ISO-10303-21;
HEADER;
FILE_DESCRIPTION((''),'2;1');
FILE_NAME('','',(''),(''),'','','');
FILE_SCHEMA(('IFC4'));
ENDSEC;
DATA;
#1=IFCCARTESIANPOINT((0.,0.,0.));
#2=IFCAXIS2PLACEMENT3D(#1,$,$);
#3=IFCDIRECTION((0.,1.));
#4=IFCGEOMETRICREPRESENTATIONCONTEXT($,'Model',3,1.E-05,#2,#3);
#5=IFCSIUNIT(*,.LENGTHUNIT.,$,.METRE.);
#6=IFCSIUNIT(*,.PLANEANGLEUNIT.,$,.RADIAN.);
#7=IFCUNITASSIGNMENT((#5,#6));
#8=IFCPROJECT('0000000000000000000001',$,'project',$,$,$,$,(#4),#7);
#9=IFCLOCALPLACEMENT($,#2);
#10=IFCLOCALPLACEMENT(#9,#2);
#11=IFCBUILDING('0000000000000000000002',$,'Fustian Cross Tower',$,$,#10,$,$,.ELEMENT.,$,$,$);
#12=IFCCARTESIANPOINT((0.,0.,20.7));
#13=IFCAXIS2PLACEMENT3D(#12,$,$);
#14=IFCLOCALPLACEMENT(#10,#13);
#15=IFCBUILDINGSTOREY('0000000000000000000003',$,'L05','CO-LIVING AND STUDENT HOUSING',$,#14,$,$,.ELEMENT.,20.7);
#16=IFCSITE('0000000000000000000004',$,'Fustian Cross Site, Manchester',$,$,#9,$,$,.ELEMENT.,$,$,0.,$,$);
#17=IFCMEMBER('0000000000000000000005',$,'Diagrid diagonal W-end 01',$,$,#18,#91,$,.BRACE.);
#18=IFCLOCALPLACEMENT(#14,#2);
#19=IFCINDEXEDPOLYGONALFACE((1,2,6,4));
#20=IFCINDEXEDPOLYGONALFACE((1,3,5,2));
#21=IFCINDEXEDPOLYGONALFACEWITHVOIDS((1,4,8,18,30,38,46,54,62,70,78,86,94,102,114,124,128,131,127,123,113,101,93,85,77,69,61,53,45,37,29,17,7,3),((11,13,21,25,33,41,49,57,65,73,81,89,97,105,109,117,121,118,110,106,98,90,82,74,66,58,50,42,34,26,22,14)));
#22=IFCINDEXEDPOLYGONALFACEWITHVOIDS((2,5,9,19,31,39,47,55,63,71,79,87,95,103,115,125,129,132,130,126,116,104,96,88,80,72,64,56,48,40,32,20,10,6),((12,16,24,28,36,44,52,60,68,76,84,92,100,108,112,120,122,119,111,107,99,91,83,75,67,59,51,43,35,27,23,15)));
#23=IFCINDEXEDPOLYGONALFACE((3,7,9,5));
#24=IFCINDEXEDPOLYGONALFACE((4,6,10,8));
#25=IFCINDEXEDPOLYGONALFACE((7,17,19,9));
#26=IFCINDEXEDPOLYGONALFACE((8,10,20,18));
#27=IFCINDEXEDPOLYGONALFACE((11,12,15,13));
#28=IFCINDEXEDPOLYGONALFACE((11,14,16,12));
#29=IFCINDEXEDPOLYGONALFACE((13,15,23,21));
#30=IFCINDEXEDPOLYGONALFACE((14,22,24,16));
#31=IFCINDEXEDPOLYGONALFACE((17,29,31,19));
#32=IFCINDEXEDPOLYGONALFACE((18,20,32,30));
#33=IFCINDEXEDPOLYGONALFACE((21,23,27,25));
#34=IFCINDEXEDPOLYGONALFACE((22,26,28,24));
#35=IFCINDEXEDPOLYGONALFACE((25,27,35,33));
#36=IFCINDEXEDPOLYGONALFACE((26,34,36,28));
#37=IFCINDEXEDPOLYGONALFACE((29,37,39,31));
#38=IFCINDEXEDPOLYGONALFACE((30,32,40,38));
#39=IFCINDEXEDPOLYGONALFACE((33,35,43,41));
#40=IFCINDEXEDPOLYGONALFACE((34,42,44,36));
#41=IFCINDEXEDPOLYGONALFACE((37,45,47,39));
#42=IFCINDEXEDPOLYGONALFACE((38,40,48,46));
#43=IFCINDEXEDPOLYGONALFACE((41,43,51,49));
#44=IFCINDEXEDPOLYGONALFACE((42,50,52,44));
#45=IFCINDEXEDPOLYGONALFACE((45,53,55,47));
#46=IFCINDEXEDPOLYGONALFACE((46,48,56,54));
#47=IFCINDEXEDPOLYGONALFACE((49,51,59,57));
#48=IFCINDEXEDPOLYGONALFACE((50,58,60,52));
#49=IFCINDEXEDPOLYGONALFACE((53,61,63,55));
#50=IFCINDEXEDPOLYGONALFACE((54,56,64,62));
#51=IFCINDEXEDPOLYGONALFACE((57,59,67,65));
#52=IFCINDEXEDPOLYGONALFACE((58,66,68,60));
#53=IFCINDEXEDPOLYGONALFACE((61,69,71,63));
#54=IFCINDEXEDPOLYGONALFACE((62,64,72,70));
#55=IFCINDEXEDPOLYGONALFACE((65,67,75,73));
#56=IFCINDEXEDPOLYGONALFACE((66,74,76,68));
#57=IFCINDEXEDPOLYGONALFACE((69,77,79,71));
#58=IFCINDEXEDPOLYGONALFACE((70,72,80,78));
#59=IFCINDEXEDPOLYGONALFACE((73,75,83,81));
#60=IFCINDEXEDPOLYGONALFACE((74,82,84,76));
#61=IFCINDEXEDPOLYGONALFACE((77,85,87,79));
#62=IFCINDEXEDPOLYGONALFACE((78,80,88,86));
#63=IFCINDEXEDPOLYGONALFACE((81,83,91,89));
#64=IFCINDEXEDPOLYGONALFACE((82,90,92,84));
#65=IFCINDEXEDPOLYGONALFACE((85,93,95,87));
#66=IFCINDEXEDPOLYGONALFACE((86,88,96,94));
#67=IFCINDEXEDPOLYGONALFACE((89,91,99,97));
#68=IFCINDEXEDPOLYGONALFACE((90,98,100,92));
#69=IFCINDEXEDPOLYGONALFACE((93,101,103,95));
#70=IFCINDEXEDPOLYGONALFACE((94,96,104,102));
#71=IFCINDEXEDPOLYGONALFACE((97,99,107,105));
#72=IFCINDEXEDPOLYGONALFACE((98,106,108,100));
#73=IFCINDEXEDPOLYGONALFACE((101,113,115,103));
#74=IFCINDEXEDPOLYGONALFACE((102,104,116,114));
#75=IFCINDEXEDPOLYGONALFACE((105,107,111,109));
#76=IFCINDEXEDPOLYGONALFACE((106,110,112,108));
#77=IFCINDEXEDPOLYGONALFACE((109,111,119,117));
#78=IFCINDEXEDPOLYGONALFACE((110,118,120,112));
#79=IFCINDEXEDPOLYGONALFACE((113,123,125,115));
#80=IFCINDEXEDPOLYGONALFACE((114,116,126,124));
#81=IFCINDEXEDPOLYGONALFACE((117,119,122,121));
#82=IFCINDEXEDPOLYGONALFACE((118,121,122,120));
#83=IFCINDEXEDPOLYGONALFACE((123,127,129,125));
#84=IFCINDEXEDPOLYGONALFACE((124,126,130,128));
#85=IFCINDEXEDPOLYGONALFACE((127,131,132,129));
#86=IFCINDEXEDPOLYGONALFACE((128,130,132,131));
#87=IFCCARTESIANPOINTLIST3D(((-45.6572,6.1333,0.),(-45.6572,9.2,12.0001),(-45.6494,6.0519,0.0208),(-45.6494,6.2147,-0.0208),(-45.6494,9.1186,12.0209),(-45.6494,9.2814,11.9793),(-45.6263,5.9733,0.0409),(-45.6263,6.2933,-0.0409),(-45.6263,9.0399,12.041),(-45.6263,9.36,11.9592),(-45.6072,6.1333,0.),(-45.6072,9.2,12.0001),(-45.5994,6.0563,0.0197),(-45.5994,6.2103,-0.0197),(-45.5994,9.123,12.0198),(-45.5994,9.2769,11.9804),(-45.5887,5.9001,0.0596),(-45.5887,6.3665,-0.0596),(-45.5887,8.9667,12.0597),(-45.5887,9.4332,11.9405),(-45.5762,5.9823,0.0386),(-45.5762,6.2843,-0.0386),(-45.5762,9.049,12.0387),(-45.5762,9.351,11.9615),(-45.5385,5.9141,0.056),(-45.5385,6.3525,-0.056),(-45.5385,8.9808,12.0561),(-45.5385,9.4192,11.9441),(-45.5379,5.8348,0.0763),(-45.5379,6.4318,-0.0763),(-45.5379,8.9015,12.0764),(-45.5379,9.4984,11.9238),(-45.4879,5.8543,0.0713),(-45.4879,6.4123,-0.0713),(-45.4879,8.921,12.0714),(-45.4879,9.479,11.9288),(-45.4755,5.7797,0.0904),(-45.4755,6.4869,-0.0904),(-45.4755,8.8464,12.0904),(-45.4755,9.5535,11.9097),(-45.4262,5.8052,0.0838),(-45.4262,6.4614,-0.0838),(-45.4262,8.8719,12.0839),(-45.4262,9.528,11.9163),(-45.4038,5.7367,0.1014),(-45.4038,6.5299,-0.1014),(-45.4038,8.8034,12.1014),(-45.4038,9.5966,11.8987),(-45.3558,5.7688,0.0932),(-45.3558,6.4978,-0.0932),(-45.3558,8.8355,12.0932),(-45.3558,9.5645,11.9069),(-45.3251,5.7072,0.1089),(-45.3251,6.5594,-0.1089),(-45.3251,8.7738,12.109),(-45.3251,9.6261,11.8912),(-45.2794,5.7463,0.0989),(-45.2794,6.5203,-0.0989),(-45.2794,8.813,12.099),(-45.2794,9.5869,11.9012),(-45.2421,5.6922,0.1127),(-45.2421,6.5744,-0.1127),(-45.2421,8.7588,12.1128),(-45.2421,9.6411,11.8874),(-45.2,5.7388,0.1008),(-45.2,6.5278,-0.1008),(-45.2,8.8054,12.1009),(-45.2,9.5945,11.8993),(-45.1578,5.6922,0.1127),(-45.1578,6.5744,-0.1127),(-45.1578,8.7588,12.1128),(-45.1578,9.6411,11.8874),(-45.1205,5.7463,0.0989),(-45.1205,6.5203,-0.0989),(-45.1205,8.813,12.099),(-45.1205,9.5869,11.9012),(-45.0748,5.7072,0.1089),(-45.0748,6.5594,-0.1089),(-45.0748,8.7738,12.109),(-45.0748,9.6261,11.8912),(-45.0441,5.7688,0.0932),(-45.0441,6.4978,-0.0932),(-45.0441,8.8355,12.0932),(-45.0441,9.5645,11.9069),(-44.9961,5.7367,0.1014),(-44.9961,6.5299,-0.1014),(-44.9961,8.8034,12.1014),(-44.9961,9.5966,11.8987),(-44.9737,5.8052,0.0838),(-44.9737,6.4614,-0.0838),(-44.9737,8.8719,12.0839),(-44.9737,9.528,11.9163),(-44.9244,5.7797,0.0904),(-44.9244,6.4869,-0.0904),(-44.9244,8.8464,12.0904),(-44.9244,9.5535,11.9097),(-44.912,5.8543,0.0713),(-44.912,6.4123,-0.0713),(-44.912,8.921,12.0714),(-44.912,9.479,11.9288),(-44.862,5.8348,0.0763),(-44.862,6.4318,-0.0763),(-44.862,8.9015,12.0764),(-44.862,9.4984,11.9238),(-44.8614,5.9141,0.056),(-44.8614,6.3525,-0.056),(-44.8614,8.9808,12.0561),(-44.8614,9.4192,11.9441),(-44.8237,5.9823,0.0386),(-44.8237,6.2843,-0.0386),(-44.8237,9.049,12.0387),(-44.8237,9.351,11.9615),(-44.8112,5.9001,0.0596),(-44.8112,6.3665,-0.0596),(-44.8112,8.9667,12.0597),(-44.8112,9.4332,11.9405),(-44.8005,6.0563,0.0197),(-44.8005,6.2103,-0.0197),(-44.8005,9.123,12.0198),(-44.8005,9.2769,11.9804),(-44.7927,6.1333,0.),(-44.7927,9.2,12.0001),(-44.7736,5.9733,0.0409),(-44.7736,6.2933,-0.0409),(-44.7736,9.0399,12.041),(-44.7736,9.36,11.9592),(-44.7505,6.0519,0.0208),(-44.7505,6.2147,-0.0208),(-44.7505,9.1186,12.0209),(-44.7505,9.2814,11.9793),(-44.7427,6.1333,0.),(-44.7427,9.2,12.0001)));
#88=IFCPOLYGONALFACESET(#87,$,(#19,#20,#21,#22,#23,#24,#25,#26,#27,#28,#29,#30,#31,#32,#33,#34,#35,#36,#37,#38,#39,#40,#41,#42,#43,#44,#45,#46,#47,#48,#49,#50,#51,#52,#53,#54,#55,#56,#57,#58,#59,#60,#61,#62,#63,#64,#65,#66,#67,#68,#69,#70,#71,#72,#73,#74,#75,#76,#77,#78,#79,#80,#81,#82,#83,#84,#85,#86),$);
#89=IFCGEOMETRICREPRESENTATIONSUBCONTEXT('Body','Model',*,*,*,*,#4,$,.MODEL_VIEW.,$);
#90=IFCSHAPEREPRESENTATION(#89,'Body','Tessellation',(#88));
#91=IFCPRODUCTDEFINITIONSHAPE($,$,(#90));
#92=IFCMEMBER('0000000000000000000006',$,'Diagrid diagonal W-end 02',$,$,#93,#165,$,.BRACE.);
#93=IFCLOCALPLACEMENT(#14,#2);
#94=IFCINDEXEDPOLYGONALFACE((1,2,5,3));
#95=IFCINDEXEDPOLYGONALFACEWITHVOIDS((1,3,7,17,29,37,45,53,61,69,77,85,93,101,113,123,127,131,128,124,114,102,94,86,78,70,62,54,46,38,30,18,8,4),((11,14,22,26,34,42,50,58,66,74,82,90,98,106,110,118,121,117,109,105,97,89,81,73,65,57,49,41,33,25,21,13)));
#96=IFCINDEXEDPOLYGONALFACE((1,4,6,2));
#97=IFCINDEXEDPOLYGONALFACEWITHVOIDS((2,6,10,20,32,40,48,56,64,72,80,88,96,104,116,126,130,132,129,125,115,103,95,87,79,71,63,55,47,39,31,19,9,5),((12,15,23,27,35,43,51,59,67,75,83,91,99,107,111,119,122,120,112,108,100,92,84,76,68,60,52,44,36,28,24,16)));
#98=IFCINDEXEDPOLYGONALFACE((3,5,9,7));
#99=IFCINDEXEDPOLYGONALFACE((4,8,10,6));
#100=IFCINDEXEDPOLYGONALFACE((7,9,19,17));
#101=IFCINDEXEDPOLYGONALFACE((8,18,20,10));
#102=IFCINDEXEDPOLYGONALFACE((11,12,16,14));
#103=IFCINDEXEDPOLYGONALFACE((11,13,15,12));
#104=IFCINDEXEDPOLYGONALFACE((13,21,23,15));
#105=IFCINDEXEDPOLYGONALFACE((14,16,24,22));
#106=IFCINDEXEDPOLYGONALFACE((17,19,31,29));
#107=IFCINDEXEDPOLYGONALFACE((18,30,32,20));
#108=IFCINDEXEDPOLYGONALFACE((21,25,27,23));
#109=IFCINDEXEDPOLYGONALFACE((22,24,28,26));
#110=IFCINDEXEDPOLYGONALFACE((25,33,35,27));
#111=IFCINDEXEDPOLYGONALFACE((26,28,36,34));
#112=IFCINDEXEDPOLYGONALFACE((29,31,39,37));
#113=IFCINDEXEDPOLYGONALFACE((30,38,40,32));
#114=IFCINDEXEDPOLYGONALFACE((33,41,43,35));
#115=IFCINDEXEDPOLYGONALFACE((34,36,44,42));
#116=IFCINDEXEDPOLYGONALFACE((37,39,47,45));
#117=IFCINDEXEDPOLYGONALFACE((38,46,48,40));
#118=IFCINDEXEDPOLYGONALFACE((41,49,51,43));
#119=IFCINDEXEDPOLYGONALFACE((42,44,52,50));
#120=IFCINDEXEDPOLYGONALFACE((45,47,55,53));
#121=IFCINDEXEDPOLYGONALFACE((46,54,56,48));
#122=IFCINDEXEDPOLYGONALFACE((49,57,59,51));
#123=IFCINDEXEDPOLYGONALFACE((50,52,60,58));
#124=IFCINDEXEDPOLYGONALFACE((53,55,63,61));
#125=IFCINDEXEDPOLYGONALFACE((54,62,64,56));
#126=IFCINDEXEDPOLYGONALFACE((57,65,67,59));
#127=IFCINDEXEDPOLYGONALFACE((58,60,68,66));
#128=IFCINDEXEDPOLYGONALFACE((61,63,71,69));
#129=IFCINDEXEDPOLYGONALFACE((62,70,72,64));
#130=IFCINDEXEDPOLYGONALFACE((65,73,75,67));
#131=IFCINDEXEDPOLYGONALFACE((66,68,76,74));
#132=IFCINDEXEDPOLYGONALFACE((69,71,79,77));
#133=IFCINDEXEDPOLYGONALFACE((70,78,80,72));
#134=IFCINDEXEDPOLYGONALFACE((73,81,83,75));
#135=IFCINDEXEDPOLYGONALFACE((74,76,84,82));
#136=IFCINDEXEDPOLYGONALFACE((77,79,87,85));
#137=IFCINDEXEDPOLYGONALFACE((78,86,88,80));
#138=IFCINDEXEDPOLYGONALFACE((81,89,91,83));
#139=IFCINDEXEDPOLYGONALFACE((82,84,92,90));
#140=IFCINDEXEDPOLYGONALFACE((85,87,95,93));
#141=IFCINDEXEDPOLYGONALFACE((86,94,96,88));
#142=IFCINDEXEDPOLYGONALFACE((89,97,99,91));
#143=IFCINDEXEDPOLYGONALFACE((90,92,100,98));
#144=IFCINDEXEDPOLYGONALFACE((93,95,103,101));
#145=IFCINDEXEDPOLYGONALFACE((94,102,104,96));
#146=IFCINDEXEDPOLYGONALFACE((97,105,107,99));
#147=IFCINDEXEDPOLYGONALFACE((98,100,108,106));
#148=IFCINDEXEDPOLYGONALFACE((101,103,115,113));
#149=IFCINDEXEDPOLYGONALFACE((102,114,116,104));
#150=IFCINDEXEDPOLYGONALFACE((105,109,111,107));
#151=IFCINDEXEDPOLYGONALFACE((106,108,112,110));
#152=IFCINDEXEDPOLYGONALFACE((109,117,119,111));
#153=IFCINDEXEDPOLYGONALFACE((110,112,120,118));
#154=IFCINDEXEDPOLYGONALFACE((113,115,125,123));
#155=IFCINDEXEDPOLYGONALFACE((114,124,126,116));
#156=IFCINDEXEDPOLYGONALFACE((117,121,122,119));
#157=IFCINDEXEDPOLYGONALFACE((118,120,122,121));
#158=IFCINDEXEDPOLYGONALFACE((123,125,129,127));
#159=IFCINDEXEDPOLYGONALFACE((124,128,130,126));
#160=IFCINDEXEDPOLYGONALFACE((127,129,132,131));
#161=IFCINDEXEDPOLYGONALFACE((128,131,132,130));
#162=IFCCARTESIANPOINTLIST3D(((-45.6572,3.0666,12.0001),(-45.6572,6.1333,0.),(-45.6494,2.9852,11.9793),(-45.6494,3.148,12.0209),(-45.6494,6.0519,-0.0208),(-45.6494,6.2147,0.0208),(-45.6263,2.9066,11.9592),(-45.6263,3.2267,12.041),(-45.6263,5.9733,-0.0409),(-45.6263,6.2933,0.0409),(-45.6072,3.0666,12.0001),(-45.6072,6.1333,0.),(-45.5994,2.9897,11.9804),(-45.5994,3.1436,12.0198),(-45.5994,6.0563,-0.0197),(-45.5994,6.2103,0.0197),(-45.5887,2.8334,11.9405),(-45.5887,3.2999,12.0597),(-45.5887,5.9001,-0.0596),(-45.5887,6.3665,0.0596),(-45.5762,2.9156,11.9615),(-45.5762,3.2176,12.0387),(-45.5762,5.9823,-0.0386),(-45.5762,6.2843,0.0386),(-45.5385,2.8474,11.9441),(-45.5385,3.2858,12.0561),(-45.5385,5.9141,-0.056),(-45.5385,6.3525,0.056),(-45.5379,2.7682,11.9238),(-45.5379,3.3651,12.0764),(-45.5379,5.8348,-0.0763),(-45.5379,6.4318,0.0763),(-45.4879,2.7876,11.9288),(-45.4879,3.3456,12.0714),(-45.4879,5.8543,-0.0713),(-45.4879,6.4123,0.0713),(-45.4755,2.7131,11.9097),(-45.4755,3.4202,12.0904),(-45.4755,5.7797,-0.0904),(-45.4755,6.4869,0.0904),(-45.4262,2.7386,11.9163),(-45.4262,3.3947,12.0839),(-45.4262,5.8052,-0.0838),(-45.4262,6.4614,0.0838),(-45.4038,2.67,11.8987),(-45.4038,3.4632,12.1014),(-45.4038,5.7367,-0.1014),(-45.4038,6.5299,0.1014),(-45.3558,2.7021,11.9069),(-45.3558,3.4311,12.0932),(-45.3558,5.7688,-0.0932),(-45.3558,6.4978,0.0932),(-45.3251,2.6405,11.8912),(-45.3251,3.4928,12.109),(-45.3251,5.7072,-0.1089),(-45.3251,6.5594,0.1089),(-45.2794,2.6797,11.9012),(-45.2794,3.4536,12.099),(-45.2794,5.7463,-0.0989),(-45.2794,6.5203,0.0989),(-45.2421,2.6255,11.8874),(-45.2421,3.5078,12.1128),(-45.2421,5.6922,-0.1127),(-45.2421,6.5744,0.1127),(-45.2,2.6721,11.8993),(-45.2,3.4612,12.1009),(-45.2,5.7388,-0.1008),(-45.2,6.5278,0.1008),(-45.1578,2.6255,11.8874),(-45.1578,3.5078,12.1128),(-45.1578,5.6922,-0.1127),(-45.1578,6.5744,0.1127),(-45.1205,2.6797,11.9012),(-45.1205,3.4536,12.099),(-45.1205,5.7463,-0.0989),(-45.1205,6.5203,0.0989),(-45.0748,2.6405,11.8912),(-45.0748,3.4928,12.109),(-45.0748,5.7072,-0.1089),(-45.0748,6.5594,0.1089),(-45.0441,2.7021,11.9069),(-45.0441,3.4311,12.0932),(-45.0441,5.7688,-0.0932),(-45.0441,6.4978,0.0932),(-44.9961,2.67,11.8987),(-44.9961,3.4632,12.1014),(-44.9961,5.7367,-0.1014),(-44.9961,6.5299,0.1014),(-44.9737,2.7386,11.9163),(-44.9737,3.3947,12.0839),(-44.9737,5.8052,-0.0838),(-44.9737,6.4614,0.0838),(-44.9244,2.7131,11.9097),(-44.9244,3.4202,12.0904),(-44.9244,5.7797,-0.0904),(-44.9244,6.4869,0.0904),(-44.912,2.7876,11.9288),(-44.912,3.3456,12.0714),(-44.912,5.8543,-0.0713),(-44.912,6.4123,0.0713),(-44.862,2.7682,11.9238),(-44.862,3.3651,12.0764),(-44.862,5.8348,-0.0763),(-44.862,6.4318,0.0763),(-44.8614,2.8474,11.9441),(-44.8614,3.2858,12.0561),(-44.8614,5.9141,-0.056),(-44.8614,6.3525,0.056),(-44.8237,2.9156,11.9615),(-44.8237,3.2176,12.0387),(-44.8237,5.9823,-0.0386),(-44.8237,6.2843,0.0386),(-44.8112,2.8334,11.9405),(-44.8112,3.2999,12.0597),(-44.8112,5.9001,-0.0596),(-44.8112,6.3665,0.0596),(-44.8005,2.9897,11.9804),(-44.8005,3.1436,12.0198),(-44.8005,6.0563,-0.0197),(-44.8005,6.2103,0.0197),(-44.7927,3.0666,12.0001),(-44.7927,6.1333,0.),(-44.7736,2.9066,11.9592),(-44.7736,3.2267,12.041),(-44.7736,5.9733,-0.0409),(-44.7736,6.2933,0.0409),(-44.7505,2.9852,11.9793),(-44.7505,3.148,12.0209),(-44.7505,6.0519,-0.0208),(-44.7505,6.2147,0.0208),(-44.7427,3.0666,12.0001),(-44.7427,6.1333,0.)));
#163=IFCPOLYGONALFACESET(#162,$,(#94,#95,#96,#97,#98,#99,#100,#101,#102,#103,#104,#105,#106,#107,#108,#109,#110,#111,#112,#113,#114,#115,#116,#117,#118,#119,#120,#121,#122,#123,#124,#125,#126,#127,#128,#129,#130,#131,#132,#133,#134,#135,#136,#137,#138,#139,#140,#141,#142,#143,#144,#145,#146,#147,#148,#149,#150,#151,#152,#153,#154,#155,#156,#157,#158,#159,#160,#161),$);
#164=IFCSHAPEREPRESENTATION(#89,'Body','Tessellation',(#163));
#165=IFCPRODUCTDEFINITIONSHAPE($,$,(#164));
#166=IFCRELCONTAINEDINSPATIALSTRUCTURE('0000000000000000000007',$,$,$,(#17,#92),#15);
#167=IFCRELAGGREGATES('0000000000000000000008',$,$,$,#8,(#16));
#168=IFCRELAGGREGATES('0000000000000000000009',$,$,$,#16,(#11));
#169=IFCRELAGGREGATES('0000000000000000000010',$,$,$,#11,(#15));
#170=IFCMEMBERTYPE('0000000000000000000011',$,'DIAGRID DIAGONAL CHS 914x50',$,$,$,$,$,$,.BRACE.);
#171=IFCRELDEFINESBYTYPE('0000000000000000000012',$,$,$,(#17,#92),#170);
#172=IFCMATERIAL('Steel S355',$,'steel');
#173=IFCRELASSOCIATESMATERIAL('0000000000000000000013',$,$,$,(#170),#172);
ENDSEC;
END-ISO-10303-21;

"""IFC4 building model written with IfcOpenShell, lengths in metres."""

from ifc_helpers import new_model, si_unit, direction, frame, origin, origin_2d, place, context, subcontext, project, spatial, hollow_circle, extrude, material, material_profile, profile_set, type_object, element, save


model = new_model("IFC4")

# Units and contexts
model_context = context("Model", 3, precision=1e-05, world=origin(), true_north=direction((0.0, 1.0)))
body_context = subcontext(model_context, "Body", "Model", "MODEL_VIEW")
ifc_project = project(units=[si_unit("LENGTHUNIT", "METRE"), si_unit("PLANEANGLEUNIT", "RADIAN")], contexts=[model_context])

# Site, building, storey
site_placement = place(None, origin())
site = spatial("IfcSite", under=ifc_project, at=site_placement, Name="Fustian Cross Site, Manchester", CompositionType="ELEMENT", RefElevation=0.0)
building_placement = place(site_placement, origin())
building = spatial("IfcBuilding", under=site, at=building_placement, Name="Fustian Cross Tower", CompositionType="ELEMENT")
storey_placement = place(building_placement, frame((0.0, 0.0, 20.7)))
storey = spatial("IfcBuildingStorey", under=building, at=storey_placement, Name="L05", Description="CO-LIVING AND STUDENT HOUSING", CompositionType="ELEMENT", Elevation=20.7)

# Members
ifc_material_1 = material(Name="Steel S355", Category="steel")
ifc_material_profile_1 = material_profile(ifc_material_1, hollow_circle(Radius=0.4573, WallThickness=0.05, at=origin_2d()), Name="CHS 914x50")
ifc_profile_set_1 = profile_set([ifc_material_profile_1], Name="Steel S355")
member_type_1 = type_object("IfcMemberType", Name="DIAGRID DIAGONAL CHS 914x50", PredefinedType="BRACE", material=ifc_profile_set_1)
for number, where, z_axis, x_axis, name in (
    (1, (-45.2, 6.1333, 0.0), (0.0, 0.247597, 0.968863), (-1.0, 0.0, 0.0), "Diagrid diagonal W-end 01"),
    (2, (-45.2, 6.1333, 0.0), (0.0, -0.247597, 0.968863), (1.0, 0.0, 0.0), "Diagrid diagonal W-end 02"),
):
    element("IfcMember", number, at=place(storey_placement, frame(where, z_axis=z_axis, x_axis=x_axis)), inside=storey, type_object=member_type_1, Name=name, PredefinedType="BRACE", context=body_context, shape_type="SweptSolid", body=[
        extrude(hollow_circle(Radius=0.4573, WallThickness=0.05, at=origin_2d()), origin(), (0.0, 0.0, 1.0), 12.3857),
    ])

save(model, "model.ifc")
